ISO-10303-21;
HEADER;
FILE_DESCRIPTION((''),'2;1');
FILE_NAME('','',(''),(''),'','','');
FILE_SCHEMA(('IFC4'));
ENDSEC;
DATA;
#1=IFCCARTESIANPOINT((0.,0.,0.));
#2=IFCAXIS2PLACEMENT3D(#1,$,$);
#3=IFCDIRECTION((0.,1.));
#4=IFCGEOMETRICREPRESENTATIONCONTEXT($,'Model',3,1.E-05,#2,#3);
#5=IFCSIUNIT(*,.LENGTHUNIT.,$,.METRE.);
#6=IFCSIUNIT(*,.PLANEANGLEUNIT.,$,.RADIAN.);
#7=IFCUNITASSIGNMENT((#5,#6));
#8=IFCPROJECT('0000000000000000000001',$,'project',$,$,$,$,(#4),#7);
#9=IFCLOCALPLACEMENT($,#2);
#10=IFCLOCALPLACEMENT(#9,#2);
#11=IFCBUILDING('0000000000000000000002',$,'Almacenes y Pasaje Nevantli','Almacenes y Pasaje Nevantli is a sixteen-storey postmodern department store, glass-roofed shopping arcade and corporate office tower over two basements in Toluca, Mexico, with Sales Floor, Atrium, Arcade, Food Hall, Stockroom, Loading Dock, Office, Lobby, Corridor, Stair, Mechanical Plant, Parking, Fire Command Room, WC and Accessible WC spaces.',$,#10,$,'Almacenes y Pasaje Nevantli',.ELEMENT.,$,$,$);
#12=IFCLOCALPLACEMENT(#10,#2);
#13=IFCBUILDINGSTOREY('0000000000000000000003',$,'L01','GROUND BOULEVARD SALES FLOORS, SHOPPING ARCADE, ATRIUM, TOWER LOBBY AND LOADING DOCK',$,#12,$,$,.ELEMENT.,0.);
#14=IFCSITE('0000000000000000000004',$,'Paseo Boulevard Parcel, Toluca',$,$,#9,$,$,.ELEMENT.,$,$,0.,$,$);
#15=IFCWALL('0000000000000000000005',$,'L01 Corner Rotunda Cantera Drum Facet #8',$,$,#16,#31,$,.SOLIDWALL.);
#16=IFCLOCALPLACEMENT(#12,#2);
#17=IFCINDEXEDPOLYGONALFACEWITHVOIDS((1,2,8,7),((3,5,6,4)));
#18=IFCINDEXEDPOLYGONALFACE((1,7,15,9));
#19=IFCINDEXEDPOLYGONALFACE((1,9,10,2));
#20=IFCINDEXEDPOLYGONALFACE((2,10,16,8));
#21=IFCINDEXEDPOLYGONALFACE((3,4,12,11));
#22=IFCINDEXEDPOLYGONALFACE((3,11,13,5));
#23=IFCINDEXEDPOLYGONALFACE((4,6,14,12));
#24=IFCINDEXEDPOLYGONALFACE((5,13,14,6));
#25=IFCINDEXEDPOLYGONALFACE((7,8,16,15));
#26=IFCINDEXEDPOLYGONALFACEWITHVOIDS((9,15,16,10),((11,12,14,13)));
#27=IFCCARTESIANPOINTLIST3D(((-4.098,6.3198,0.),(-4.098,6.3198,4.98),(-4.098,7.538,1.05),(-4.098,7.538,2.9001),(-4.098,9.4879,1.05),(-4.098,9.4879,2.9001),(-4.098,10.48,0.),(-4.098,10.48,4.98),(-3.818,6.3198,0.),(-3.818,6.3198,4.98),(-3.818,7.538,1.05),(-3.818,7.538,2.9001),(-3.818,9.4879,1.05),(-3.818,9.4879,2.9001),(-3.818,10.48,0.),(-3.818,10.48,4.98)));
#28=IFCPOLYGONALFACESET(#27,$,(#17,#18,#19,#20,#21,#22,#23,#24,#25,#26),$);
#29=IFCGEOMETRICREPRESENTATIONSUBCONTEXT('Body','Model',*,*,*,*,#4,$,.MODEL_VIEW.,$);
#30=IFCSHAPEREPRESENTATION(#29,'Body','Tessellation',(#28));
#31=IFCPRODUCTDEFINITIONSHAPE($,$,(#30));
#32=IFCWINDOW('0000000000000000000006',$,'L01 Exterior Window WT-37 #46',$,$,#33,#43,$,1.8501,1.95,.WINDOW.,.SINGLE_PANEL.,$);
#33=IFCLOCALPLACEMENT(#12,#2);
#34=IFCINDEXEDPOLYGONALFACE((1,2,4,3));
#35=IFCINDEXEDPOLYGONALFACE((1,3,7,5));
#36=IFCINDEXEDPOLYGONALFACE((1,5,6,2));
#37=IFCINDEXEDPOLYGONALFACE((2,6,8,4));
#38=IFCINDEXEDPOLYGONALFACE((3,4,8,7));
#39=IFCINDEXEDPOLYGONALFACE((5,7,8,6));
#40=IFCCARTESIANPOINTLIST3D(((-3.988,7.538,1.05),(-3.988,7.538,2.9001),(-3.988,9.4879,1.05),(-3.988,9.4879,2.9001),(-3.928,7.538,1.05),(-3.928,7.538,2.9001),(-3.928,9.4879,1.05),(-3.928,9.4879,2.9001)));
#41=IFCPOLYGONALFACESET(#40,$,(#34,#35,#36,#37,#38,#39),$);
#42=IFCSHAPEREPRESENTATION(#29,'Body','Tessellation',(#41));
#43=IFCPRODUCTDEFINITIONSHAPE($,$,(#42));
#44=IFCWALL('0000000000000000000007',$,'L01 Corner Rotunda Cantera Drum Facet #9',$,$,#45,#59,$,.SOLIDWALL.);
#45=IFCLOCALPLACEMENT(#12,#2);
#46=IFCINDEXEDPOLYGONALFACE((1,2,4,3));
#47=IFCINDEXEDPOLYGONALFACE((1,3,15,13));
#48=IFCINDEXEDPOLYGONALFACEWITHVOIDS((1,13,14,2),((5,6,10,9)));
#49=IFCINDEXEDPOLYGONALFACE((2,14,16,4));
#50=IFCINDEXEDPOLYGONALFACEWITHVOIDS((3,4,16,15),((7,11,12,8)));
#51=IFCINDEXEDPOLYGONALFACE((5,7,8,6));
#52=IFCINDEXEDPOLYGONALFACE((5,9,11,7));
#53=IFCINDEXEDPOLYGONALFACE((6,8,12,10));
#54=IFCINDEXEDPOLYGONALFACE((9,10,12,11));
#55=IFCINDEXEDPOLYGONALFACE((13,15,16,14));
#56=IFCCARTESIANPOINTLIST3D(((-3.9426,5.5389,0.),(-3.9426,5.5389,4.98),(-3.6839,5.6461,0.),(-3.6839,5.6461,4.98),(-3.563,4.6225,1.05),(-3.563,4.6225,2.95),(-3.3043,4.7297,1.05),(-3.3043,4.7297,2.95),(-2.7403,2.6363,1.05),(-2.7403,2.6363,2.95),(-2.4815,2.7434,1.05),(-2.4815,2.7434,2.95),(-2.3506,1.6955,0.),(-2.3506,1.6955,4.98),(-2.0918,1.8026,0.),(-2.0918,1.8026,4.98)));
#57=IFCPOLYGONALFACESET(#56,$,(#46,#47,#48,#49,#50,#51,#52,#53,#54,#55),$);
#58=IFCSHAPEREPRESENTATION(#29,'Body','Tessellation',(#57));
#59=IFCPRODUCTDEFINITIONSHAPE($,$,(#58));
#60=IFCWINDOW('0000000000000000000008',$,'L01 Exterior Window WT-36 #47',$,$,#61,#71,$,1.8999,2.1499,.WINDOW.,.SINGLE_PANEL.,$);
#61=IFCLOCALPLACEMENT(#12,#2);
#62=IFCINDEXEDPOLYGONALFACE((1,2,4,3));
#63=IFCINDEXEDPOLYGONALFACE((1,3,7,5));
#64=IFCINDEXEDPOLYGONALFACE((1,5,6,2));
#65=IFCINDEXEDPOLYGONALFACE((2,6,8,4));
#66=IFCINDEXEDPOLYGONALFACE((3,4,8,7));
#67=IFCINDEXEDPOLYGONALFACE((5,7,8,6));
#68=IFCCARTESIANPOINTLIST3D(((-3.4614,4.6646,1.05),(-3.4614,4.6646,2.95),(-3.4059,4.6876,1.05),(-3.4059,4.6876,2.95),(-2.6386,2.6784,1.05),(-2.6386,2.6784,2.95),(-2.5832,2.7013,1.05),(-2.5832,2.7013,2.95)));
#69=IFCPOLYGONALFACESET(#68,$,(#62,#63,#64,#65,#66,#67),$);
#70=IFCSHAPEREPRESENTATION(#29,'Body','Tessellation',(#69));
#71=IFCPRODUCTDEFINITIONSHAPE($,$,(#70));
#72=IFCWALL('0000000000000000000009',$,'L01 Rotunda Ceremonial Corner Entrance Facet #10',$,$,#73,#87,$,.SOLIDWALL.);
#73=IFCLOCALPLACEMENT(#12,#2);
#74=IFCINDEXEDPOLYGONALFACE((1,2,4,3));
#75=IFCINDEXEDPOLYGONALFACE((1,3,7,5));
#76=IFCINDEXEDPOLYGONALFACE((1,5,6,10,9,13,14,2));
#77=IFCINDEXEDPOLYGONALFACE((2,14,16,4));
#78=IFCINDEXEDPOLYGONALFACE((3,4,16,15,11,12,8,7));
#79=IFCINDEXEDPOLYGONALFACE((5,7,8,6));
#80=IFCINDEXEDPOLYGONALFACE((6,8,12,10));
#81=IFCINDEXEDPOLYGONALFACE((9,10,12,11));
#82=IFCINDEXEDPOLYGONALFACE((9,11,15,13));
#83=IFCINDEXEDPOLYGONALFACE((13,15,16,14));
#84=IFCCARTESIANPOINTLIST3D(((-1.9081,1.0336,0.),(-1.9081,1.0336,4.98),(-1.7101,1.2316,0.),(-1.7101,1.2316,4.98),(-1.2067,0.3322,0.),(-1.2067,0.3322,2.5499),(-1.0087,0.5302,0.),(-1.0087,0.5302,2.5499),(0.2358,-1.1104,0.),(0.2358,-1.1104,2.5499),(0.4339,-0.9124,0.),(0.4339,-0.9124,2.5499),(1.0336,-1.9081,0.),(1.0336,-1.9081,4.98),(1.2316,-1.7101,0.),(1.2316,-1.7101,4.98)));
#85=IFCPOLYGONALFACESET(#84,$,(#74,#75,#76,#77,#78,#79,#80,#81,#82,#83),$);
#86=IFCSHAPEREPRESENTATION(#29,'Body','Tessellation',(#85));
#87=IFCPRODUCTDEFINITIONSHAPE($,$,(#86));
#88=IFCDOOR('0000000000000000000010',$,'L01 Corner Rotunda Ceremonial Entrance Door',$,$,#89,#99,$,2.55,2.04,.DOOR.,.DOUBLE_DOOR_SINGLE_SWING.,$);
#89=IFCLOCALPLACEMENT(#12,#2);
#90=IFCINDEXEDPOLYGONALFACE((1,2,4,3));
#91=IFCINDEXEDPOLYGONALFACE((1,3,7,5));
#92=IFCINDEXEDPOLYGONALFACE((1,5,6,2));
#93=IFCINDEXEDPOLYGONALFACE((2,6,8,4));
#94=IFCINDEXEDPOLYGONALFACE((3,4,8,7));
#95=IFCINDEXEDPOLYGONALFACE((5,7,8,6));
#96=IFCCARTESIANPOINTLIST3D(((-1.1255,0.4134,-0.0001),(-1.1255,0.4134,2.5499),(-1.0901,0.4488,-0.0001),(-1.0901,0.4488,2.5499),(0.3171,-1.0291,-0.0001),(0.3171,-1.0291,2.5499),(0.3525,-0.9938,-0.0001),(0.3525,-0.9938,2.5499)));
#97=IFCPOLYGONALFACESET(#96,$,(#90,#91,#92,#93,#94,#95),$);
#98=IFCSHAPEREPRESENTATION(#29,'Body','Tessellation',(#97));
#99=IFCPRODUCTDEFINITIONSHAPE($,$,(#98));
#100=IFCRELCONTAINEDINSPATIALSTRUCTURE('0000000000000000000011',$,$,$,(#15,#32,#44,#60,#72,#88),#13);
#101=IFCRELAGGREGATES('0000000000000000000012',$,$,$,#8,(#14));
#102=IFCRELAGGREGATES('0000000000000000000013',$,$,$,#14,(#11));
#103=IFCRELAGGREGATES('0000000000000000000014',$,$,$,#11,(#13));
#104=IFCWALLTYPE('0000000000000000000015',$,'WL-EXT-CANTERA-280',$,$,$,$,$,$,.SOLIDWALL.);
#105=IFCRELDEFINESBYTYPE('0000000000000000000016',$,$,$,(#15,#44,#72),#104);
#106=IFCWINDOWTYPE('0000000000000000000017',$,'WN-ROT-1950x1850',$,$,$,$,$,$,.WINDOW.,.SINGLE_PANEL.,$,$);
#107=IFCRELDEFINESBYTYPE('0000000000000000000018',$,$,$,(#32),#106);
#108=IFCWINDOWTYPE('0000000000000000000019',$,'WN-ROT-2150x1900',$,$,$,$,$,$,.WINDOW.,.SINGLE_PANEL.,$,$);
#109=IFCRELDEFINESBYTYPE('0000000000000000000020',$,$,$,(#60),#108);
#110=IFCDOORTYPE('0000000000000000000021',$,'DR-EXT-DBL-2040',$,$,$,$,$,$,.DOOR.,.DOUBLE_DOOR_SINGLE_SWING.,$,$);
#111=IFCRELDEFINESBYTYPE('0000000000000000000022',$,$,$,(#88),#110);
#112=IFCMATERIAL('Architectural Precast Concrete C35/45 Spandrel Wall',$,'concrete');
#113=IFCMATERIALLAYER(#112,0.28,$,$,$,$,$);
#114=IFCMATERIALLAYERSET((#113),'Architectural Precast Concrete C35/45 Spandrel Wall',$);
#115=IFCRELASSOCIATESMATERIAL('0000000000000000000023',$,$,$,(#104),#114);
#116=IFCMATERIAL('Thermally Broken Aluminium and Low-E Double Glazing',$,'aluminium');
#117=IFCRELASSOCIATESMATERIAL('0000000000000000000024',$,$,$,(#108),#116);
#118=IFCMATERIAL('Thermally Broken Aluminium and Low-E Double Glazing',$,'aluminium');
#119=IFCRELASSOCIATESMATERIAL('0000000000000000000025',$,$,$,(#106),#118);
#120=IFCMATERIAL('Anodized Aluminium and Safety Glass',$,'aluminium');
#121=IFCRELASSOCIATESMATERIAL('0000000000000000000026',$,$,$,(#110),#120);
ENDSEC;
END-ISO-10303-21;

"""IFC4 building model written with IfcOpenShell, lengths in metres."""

from ifc_helpers import new_model, si_unit, direction, frame, frame_2d, origin, place, context, subcontext, project, spatial, rectangle, extrude, material, layer, layer_set, type_object, element, fill, save


model = new_model("IFC4")

# Units and contexts
model_context = context("Model", 3, precision=1e-05, world=origin(), true_north=direction((0.0, 1.0)))
body_context = subcontext(model_context, "Body", "Model", "MODEL_VIEW")
ifc_project = project(units=[si_unit("LENGTHUNIT", "METRE"), si_unit("PLANEANGLEUNIT", "RADIAN")], contexts=[model_context])

# Site, building, storey
site_placement = place(None, origin())
site = spatial("IfcSite", under=ifc_project, at=site_placement, Name="Paseo Boulevard Parcel, Toluca", CompositionType="ELEMENT", RefElevation=0.0)
building_placement = place(site_placement, origin())
building = spatial("IfcBuilding", under=site, at=building_placement, Name="Almacenes y Pasaje Nevantli", Description="Almacenes y Pasaje Nevantli is a sixteen-storey postmodern department store, glass-roofed shopping arcade and corporate office tower over two basements in Toluca, Mexico, with Sales Floor, Atrium, Arcade, Food Hall, Stockroom, Loading Dock, Office, Lobby, Corridor, Stair, Mechanical Plant, Parking, Fire Command Room, WC and Accessible WC spaces.", LongName="Almacenes y Pasaje Nevantli", CompositionType="ELEMENT")
storey_placement = place(building_placement, origin())
storey = spatial("IfcBuildingStorey", under=building, at=storey_placement, Name="L01", Description="GROUND BOULEVARD SALES FLOORS, SHOPPING ARCADE, ATRIUM, TOWER LOBBY AND LOADING DOCK", CompositionType="ELEMENT", Elevation=0.0)

# Walls, openings, windows
ifc_material_1 = material(Name="Architectural Precast Concrete C35/45 Spandrel Wall", Category="concrete")
ifc_layer_1 = layer(ifc_material_1, 0.28)
ifc_layer_set_1 = layer_set([ifc_layer_1], Name="Architectural Precast Concrete C35/45 Spandrel Wall")
wall_type = type_object("IfcWallType", Name="WL-EXT-CANTERA-280", PredefinedType="SOLIDWALL", material=ifc_layer_set_1)
ifc_material_2 = material(Name="Thermally Broken Aluminium and Low-E Double Glazing", Category="aluminium")
window_type_1 = type_object("IfcWindowType", Name="WN-ROT-2150x1900", PartitioningType="SINGLE_PANEL", PredefinedType="WINDOW", material=ifc_material_2)
wall_1_placement = place(storey_placement, frame((-3.958, 10.48, 0.0), z_axis=(0.0, 0.0, 1.0), x_axis=(0.0, -1.0, 0.0)))
wall_1 = element("IfcWall", 1, at=wall_1_placement, inside=storey, type_object=wall_type, Name="L01 Corner Rotunda Cantera Drum Facet #8", PredefinedType="SOLIDWALL", context=body_context, shape_type="SweptSolid", body=[
    extrude(rectangle(XDim=4.1602, YDim=0.28, at=frame_2d((2.0801, 0.0))), origin(), (0.0, 0.0, 1.0), 4.98),
])
opening_1_placement = place(wall_1_placement, frame((0.9919, 0.0, 1.05)))
opening_1 = element("IfcOpeningElement", 2, at=opening_1_placement, cuts=wall_1, PredefinedType="OPENING", context=body_context, shape_type="SweptSolid", body=[
    extrude(rectangle(XDim=1.95, YDim=1.8501, at=frame_2d((0.9751, 0.925))), frame((0.0, 0.1499, 0.0), z_axis=(0.0, -1.0, 0.0), x_axis=(1.0, 0.0, 0.0)), (0.0, 0.0, 1.0), 0.3),
])
ifc_material_3 = material(Name="Thermally Broken Aluminium and Low-E Double Glazing", Category="aluminium")
window_type_2 = type_object("IfcWindowType", Name="WN-ROT-1950x1850", PartitioningType="SINGLE_PANEL", PredefinedType="WINDOW", material=ifc_material_3)
window_1_placement = place(opening_1_placement, origin())
window_1 = element("IfcWindow", 3, at=window_1_placement, inside=storey, type_object=window_type_2, Name="L01 Exterior Window WT-37 #46", OverallHeight=1.8501, OverallWidth=1.95, PartitioningType="SINGLE_PANEL", PredefinedType="WINDOW", context=body_context, shape_type="SweptSolid", body=[
    extrude(rectangle(XDim=1.95, YDim=1.8501, at=frame_2d((0.9751, 0.925))), frame((0.0, 0.03, 0.0), z_axis=(0.0, -1.0, 0.0), x_axis=(1.0, 0.0, 0.0)), (0.0, 0.0, 1.0), 0.0601),
])
fill(opening_1, window_1)
wall_2_placement = place(storey_placement, frame((-3.8132, 5.5925, 0.0), z_axis=(0.0, 0.0, 1.0), x_axis=(0.382685, -0.923879, 0.0)))
wall_2 = element("IfcWall", 4, at=wall_2_placement, inside=storey, type_object=wall_type, Name="L01 Corner Rotunda Cantera Drum Facet #9", PredefinedType="SOLIDWALL", context=body_context, shape_type="SweptSolid", body=[
    extrude(rectangle(XDim=4.1602, YDim=0.28, at=frame_2d((2.0801, 0.0))), origin(), (0.0, 0.0, 1.0), 4.98),
])
opening_2_placement = place(wall_2_placement, frame((0.9919, 0.0, 1.05)))
opening_2 = element("IfcOpeningElement", 5, at=opening_2_placement, cuts=wall_2, PredefinedType="OPENING", context=body_context, shape_type="SweptSolid", body=[
    extrude(rectangle(XDim=2.1499, YDim=1.8999, at=frame_2d((1.075, 0.95))), frame((0.0, 0.1499, 0.0), z_axis=(0.0, -1.0, 0.0), x_axis=(1.0, 0.0, 0.0)), (0.0, 0.0, 1.0), 0.3),
])
window_2_placement = place(opening_2_placement, origin())
window_2 = element("IfcWindow", 6, at=window_2_placement, inside=storey, type_object=window_type_1, Name="L01 Exterior Window WT-36 #47", OverallHeight=1.8999, OverallWidth=2.1499, PartitioningType="SINGLE_PANEL", PredefinedType="WINDOW", context=body_context, shape_type="SweptSolid", body=[
    extrude(rectangle(XDim=2.1499, YDim=1.8999, at=frame_2d((1.075, 0.95))), frame((0.0, 0.03, 0.0), z_axis=(0.0, -1.0, 0.0), x_axis=(1.0, 0.0, 0.0)), (0.0, 0.0, 1.0), 0.0601),
])
fill(opening_2, window_2)

# Wall, opening, door
wall_3_placement = place(storey_placement, frame((-1.8091, 1.1326, 0.0), z_axis=(0.0, 0.0, 1.0), x_axis=(0.707107, -0.707107, 0.0)))
wall_3 = element("IfcWall", 7, at=wall_3_placement, inside=storey, type_object=wall_type, Name="L01 Rotunda Ceremonial Corner Entrance Facet #10", PredefinedType="SOLIDWALL", context=body_context, shape_type="SweptSolid", body=[
    extrude(rectangle(XDim=4.1602, YDim=0.28, at=frame_2d((2.0801, 0.0))), origin(), (0.0, 0.0, 1.0), 4.98),
])
opening_3_placement = place(wall_3_placement, frame((0.9919, 0.0, 0.0)))
opening_3 = element("IfcOpeningElement", 8, at=opening_3_placement, cuts=wall_3, PredefinedType="OPENING", context=body_context, shape_type="SweptSolid", body=[
    extrude(rectangle(XDim=2.04, YDim=2.55, at=frame_2d((1.02, 1.2749))), frame((0.0, 0.1499, 0.0), z_axis=(0.0, -1.0, 0.0), x_axis=(1.0, 0.0, 0.0)), (0.0, 0.0, 1.0), 0.3),
])
ifc_material_4 = material(Name="Anodized Aluminium and Safety Glass", Category="aluminium")
door_type = type_object("IfcDoorType", Name="DR-EXT-DBL-2040", OperationType="DOUBLE_DOOR_SINGLE_SWING", PredefinedType="DOOR", material=ifc_material_4)
door_placement = place(opening_3_placement, origin())
door = element("IfcDoor", 9, at=door_placement, inside=storey, type_object=door_type, Name="L01 Corner Rotunda Ceremonial Entrance Door", OperationType="DOUBLE_DOOR_SINGLE_SWING", OverallHeight=2.55, OverallWidth=2.04, PredefinedType="DOOR", context=body_context, shape_type="SweptSolid", body=[
    extrude(rectangle(XDim=2.04, YDim=2.55, at=frame_2d((1.02, 1.2749))), frame((0.0, 0.0249, 0.0), z_axis=(0.0, -1.0, 0.0), x_axis=(1.0, 0.0, 0.0)), (0.0, 0.0, 1.0), 0.05),
])
fill(opening_3, door)

save(model, "model.ifc")
